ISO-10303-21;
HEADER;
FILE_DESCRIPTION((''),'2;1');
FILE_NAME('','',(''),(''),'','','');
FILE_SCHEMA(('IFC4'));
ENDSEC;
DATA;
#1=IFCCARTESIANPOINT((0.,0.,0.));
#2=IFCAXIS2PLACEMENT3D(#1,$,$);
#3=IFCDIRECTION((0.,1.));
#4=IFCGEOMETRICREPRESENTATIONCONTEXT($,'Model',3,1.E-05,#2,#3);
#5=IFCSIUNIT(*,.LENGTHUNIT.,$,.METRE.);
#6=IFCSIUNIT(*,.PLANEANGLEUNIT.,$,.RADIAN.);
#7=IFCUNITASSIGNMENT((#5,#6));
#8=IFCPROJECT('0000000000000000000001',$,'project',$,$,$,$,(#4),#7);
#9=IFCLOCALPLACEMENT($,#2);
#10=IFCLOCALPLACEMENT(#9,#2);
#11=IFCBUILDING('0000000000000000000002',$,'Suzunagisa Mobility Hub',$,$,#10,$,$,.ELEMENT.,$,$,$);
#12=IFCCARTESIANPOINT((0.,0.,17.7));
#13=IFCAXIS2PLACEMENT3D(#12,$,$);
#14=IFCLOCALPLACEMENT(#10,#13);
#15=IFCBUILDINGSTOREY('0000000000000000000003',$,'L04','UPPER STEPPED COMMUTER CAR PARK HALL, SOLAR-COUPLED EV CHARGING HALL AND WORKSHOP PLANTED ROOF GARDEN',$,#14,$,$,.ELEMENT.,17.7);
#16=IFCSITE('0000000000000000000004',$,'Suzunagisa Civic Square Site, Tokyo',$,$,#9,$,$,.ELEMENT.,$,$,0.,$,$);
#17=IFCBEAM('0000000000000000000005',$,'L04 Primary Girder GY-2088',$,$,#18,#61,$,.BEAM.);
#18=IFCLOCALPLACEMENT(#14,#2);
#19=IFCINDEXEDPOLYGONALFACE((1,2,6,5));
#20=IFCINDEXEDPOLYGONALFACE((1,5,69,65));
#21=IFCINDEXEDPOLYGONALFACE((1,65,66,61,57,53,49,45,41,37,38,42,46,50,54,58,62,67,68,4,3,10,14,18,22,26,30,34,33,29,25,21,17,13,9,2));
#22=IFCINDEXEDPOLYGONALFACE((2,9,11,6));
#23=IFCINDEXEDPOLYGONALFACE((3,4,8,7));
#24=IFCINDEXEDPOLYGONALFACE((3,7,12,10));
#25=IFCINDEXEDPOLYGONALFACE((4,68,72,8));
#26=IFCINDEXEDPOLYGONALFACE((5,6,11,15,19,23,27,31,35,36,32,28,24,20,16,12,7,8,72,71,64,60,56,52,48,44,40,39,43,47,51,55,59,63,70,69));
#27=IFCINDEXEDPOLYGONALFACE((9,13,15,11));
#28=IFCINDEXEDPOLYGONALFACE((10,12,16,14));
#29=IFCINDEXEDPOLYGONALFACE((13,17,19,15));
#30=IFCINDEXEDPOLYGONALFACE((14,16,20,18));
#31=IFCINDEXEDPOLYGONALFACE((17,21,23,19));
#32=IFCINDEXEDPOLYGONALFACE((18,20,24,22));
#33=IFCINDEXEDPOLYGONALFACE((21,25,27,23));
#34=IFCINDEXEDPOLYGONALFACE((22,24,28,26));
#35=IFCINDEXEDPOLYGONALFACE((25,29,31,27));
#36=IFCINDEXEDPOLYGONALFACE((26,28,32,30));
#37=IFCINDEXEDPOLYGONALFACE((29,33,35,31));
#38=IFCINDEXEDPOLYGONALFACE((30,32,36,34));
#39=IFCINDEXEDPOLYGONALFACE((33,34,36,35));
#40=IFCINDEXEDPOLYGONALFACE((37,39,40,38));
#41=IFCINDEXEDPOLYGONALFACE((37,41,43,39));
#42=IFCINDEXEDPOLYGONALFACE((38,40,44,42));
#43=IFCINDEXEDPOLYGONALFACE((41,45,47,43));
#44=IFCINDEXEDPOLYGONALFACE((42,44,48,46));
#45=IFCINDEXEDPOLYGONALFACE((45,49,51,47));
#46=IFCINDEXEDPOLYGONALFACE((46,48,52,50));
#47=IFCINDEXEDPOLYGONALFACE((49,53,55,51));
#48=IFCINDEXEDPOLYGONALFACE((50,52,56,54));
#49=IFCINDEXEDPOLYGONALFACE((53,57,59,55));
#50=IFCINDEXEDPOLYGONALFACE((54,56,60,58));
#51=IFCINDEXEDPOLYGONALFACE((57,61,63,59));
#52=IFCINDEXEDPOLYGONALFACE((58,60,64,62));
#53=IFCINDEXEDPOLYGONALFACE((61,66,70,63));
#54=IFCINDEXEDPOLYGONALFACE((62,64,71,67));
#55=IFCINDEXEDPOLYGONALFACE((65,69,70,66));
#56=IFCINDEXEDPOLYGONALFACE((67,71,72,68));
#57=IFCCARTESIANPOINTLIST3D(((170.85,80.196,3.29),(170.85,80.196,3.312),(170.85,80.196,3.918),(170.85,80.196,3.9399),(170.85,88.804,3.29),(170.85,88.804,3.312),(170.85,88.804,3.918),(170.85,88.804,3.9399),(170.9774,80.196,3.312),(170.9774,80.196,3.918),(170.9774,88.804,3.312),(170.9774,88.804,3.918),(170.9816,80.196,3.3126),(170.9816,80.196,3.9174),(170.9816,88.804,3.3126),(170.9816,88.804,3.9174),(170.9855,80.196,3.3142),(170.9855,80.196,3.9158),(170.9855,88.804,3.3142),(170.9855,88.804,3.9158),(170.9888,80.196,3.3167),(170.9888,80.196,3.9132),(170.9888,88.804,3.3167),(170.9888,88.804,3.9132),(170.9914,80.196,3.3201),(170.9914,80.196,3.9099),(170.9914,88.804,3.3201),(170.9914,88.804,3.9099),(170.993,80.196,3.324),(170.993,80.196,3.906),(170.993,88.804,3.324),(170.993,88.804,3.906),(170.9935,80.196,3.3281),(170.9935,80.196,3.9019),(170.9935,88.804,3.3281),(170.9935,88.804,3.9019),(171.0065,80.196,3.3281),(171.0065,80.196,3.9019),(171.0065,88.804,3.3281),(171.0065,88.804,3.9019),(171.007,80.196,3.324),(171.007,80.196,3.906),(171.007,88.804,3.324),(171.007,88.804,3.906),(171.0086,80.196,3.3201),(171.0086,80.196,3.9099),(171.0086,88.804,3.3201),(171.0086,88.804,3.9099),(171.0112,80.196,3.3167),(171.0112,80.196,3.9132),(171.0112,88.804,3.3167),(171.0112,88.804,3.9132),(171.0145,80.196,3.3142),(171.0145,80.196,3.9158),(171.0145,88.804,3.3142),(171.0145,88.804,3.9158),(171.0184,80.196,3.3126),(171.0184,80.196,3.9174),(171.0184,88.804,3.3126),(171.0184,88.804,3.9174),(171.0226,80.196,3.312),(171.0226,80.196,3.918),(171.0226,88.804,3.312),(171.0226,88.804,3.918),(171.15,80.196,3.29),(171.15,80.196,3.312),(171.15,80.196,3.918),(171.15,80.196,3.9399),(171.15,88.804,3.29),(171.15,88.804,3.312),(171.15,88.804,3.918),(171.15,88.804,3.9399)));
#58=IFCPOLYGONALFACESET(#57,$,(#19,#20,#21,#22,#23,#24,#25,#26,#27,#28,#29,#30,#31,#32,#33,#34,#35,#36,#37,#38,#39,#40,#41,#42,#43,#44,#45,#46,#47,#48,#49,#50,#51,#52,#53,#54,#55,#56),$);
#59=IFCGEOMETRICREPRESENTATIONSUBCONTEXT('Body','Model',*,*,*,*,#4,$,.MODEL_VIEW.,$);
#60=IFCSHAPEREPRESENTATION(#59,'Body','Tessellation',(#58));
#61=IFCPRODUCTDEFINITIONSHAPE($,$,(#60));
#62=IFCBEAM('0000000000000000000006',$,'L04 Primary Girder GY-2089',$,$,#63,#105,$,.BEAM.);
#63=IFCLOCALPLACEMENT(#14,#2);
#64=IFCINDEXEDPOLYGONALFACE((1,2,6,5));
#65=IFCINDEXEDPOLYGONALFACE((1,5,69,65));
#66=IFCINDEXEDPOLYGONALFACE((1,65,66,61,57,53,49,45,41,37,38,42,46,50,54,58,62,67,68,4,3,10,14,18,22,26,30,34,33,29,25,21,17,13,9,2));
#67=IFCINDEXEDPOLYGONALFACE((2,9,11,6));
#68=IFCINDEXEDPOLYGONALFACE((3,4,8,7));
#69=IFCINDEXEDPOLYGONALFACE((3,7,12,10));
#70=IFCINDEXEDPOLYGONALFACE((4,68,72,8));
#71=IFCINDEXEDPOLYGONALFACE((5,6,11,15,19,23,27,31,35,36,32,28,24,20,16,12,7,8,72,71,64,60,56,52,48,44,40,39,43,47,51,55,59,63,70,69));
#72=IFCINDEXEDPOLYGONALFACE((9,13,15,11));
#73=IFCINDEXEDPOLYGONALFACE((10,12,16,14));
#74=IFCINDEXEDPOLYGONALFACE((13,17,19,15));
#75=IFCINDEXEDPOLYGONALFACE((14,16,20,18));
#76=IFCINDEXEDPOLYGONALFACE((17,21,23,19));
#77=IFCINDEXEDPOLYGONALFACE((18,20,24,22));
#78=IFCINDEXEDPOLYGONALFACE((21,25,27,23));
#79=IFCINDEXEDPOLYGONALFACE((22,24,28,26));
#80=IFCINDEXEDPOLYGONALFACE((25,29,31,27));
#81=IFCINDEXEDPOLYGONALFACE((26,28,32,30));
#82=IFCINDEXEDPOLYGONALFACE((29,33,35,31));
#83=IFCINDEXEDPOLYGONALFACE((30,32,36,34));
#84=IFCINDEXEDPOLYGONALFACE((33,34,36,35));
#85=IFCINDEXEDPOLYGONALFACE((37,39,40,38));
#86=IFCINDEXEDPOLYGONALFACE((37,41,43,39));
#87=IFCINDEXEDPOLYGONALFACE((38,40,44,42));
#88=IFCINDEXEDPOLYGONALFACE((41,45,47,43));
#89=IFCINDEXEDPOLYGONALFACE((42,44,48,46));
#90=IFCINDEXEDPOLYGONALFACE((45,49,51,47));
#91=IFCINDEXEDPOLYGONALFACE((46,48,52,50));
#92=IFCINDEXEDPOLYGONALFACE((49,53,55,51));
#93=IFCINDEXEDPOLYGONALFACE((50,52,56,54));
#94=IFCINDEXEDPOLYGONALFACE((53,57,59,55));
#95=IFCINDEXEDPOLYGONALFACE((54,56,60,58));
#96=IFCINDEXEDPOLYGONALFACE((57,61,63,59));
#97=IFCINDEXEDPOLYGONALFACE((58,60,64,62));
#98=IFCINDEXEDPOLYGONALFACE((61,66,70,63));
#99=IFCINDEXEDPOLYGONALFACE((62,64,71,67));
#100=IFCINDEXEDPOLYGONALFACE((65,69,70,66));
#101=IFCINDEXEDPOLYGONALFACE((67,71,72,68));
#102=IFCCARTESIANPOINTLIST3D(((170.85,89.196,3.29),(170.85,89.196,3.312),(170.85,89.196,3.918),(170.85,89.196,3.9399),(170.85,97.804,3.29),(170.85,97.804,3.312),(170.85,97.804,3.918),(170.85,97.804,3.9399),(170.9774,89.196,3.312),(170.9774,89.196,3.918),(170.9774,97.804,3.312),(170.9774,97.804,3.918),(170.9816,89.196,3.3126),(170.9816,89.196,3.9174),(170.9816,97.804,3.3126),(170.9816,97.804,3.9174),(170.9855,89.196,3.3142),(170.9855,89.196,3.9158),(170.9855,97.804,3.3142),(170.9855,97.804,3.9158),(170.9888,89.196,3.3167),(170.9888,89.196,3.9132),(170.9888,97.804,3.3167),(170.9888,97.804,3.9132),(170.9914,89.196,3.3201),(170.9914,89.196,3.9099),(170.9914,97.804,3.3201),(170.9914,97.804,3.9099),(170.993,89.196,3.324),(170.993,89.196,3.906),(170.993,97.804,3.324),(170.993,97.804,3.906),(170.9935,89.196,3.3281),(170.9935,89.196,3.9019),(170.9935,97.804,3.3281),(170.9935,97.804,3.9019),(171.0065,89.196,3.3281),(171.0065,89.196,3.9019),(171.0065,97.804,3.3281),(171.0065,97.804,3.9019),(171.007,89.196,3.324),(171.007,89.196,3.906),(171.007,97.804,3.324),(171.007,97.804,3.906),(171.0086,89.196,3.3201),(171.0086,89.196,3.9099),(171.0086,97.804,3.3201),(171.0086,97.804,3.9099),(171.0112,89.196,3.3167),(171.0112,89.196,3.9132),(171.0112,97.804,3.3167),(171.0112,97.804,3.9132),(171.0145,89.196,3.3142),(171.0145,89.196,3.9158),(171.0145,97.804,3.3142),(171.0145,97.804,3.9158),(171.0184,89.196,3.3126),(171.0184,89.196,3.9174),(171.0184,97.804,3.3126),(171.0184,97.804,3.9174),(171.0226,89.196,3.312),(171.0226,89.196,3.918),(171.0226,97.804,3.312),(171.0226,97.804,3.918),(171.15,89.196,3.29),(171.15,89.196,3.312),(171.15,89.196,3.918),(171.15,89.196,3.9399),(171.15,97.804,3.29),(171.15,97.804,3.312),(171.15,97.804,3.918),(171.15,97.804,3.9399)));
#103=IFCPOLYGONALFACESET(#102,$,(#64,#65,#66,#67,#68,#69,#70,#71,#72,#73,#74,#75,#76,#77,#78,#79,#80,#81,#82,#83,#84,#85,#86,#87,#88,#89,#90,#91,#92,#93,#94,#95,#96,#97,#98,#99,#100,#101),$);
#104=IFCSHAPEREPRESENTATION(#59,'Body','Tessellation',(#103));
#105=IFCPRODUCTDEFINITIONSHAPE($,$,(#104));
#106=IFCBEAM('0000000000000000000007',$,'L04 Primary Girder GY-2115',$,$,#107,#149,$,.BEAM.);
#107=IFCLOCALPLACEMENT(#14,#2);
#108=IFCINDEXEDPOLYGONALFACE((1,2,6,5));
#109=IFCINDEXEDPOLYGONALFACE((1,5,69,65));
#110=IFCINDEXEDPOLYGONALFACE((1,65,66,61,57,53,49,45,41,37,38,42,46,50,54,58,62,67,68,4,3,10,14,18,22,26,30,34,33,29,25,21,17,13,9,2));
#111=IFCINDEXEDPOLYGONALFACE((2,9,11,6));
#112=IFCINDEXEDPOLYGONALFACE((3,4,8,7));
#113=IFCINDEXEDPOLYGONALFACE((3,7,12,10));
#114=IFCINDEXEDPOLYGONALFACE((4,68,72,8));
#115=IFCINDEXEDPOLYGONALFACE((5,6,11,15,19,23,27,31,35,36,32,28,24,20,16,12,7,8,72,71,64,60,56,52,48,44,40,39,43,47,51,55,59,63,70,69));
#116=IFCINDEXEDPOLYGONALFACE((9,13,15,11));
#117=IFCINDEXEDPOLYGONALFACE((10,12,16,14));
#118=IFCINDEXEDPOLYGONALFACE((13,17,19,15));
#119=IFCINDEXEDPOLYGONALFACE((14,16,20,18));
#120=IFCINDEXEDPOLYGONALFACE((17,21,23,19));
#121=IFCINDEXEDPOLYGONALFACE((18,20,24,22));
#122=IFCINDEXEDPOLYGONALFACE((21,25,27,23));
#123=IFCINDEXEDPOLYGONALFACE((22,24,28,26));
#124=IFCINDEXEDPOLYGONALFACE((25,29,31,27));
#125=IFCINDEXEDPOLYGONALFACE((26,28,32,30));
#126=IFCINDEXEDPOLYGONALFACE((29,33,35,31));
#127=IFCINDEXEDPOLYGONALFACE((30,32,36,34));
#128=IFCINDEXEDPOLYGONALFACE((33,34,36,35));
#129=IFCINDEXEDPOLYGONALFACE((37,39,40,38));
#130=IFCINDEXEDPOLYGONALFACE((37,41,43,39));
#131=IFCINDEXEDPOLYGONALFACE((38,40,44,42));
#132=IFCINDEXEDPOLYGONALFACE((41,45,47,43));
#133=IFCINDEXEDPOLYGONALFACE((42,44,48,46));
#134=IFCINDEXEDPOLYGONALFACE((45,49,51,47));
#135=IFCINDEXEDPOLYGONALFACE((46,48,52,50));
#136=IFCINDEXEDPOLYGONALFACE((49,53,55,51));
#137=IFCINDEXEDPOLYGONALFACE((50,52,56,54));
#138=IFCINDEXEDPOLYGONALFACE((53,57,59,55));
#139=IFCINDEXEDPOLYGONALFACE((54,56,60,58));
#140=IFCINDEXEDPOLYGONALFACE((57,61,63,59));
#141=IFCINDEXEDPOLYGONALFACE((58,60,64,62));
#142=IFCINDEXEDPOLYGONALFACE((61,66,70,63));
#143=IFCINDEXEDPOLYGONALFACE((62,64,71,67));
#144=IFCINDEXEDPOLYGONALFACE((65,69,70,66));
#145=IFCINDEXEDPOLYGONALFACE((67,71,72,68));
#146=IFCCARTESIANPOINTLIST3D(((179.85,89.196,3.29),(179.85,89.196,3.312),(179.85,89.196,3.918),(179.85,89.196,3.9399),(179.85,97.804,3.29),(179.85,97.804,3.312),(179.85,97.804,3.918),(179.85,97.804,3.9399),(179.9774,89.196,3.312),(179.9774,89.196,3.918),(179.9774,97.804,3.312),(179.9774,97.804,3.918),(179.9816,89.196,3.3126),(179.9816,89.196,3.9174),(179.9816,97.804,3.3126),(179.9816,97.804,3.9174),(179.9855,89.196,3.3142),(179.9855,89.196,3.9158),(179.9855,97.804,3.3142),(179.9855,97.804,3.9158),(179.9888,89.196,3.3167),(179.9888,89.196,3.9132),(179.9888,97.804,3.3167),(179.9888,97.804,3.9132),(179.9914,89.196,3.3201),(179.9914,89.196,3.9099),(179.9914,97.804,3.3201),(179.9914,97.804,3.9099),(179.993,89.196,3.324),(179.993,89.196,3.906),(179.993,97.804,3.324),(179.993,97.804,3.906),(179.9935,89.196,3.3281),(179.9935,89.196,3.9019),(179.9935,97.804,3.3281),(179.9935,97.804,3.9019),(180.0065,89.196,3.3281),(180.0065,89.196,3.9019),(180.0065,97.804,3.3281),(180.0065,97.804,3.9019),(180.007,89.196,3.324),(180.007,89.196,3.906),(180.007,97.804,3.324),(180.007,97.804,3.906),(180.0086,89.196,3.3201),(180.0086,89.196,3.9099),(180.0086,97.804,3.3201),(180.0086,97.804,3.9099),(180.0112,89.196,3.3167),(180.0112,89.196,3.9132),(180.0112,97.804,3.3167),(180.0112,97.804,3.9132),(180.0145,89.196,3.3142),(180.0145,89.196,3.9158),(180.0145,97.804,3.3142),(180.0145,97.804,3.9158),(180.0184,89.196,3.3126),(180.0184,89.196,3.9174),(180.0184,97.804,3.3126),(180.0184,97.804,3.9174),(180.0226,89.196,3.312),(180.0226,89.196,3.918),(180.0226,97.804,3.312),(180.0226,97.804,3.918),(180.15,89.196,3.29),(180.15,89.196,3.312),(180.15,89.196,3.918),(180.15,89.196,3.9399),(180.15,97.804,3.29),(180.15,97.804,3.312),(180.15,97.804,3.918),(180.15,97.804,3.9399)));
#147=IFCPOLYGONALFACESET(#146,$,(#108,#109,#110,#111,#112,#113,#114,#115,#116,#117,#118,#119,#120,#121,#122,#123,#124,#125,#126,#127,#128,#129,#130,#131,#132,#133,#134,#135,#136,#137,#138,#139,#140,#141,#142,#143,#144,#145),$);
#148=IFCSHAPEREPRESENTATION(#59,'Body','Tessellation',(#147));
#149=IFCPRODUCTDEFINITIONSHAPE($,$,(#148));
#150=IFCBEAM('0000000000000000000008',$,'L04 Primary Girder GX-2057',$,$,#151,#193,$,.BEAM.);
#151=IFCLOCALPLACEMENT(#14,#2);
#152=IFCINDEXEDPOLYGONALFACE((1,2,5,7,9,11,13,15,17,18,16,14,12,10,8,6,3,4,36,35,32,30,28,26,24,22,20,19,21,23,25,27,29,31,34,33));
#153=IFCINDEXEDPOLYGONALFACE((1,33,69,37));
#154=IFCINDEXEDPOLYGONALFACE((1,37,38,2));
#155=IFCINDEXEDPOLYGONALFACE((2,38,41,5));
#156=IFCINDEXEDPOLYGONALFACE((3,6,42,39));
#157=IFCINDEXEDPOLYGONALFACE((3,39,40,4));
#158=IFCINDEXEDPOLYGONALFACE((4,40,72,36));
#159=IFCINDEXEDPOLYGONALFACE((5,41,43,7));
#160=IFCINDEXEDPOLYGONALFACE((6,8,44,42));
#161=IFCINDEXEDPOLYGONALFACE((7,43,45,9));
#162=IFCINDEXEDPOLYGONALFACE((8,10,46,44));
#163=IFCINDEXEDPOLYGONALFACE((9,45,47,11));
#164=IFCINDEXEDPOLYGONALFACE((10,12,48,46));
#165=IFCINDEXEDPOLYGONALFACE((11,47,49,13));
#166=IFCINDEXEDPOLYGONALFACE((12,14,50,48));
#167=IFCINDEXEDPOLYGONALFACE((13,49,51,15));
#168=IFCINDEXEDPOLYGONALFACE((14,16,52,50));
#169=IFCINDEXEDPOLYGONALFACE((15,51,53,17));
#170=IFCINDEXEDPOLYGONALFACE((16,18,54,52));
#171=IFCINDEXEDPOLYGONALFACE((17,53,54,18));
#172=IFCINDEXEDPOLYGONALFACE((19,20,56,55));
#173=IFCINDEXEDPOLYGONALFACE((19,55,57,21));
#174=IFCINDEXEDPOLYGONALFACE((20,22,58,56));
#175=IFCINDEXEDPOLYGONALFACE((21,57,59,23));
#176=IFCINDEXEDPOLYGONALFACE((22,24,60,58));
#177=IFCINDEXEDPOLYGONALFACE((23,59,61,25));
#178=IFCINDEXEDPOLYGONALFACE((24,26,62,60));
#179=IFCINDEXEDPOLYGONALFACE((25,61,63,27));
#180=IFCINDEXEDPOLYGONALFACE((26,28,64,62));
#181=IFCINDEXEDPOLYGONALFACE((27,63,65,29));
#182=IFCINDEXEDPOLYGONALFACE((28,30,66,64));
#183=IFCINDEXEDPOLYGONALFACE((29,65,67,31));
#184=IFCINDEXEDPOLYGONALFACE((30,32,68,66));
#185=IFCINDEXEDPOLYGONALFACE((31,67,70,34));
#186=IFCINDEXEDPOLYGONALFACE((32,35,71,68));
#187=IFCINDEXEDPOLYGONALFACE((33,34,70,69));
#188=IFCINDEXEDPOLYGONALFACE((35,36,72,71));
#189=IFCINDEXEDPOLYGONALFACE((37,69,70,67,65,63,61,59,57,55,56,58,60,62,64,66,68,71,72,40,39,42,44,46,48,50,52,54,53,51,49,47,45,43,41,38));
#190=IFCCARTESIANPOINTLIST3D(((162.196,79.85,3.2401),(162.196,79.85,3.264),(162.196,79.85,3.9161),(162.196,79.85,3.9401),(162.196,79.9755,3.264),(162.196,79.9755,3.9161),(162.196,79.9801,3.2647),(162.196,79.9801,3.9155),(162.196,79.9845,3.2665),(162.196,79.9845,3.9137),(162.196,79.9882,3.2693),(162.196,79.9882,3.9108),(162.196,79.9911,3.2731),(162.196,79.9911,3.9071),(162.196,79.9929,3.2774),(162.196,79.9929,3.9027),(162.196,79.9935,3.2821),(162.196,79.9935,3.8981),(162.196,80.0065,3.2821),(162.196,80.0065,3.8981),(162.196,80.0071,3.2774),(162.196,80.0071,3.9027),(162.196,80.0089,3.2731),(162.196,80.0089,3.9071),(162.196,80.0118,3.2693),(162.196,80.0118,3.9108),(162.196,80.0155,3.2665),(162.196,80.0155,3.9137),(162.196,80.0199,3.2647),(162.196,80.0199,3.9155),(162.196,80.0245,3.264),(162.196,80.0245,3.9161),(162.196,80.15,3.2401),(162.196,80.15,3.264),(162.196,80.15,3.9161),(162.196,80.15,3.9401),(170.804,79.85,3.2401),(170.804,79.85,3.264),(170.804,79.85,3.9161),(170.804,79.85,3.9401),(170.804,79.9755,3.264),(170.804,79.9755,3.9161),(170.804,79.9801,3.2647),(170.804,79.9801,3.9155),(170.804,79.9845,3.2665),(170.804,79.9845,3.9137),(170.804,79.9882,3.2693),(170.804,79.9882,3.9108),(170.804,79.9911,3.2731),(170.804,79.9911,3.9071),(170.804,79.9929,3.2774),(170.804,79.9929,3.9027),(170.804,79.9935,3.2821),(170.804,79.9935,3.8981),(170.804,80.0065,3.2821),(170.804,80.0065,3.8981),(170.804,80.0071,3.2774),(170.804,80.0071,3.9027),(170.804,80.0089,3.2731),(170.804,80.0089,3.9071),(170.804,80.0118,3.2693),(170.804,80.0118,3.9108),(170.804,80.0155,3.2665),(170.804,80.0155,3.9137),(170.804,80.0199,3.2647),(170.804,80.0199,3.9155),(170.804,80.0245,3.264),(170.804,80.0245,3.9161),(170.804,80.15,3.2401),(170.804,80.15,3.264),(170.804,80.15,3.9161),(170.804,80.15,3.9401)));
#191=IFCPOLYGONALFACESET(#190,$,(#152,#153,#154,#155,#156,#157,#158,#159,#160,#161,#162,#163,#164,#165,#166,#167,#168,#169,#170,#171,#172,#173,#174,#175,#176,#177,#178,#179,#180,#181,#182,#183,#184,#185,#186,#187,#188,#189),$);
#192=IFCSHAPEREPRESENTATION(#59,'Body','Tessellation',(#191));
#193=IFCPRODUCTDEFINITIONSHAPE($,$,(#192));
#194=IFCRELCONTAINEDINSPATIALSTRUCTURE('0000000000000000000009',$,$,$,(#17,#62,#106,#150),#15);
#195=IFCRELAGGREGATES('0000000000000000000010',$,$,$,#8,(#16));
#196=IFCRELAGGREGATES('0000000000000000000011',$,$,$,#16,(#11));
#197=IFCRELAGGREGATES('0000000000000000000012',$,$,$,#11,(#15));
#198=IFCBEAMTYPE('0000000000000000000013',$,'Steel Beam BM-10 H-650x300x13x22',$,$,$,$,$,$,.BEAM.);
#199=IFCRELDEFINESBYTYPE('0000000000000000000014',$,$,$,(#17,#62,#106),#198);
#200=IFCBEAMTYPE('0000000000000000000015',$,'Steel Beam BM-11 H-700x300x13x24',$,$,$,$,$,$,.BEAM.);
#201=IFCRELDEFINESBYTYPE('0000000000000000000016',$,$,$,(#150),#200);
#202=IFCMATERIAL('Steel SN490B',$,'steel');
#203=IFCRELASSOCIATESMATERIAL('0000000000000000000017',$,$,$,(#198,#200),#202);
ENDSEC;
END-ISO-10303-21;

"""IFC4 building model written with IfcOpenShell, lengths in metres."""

from ifc_helpers import new_model, si_unit, direction, frame, origin, origin_2d, place, context, subcontext, project, spatial, i_section, extrude, material, material_profile, profile_set, type_object, element, save


model = new_model("IFC4")

# Units and contexts
model_context = context("Model", 3, precision=1e-05, world=origin(), true_north=direction((0.0, 1.0)))
body_context = subcontext(model_context, "Body", "Model", "MODEL_VIEW")
ifc_project = project(units=[si_unit("LENGTHUNIT", "METRE"), si_unit("PLANEANGLEUNIT", "RADIAN")], contexts=[model_context])

# Site, building, storey
site_placement = place(None, origin())
site = spatial("IfcSite", under=ifc_project, at=site_placement, Name="Suzunagisa Civic Square Site, Tokyo", CompositionType="ELEMENT", RefElevation=0.0)
building_placement = place(site_placement, origin())
building = spatial("IfcBuilding", under=site, at=building_placement, Name="Suzunagisa Mobility Hub", CompositionType="ELEMENT")
storey_placement = place(building_placement, frame((0.0, 0.0, 17.7)))
storey = spatial("IfcBuildingStorey", under=building, at=storey_placement, Name="L04", Description="UPPER STEPPED COMMUTER CAR PARK HALL, SOLAR-COUPLED EV CHARGING HALL AND WORKSHOP PLANTED ROOF GARDEN", CompositionType="ELEMENT", Elevation=17.7)

# Shared definitions
ifc_material_1 = material(Name="Steel SN490B", Category="steel")

# Beams
ifc_material_profile_1 = material_profile(ifc_material_1, i_section(OverallWidth=0.3, OverallDepth=0.6499, WebThickness=0.0129, FlangeThickness=0.022, FilletRadius=0.0161, at=origin_2d()), Name="H-650x300x13x22")
ifc_profile_set_1 = profile_set([ifc_material_profile_1], Name="Steel SN490B")
beam_type_1 = type_object("IfcBeamType", Name="Steel Beam BM-10 H-650x300x13x22", PredefinedType="BEAM", material=ifc_profile_set_1)
for number, where, z_axis, x_axis, name in (
    (1, (171.0, 80.196, 3.615), (0.0, 1.0, 0.0), (-1.0, 0.0, 0.0), "L04 Primary Girder GY-2088"),
    (2, (171.0, 89.196, 3.615), (0.0, 1.0, 0.0), (-1.0, 0.0, 0.0), "L04 Primary Girder GY-2089"),
    (3, (180.0, 89.196, 3.615), (0.0, 1.0, 0.0), (-1.0, 0.0, 0.0), "L04 Primary Girder GY-2115"),
):
    element("IfcBeam", number, at=place(storey_placement, frame(where, z_axis=z_axis, x_axis=x_axis)), inside=storey, type_object=beam_type_1, Name=name, PredefinedType="BEAM", context=body_context, shape_type="SweptSolid", body=[
        extrude(i_section(OverallWidth=0.3, OverallDepth=0.6499, WebThickness=0.0129, FlangeThickness=0.022, FilletRadius=0.0161, at=origin_2d()), origin(), (0.0, 0.0, 1.0), 8.6079),
    ])
ifc_material_profile_2 = material_profile(ifc_material_1, i_section(OverallWidth=0.3, OverallDepth=0.7, WebThickness=0.0129, FlangeThickness=0.0239, FilletRadius=0.0181, at=origin_2d()), Name="H-700x300x13x24")
ifc_profile_set_2 = profile_set([ifc_material_profile_2], Name="Steel SN490B")
beam_type_2 = type_object("IfcBeamType", Name="Steel Beam BM-11 H-700x300x13x24", PredefinedType="BEAM", material=ifc_profile_set_2)
for number, where, z_axis, x_axis, name in (
    (4, (162.196, 80.0, 3.5901), (1.0, 0.0, 0.0), (0.0, 1.0, 0.0), "L04 Primary Girder GX-2057"),
):
    element("IfcBeam", number, at=place(storey_placement, frame(where, z_axis=z_axis, x_axis=x_axis)), inside=storey, type_object=beam_type_2, Name=name, PredefinedType="BEAM", context=body_context, shape_type="SweptSolid", body=[
        extrude(i_section(OverallWidth=0.3, OverallDepth=0.7, WebThickness=0.0129, FlangeThickness=0.0239, FilletRadius=0.0181, at=origin_2d()), origin(), (0.0, 0.0, 1.0), 8.6079),
    ])

save(model, "model.ifc")
